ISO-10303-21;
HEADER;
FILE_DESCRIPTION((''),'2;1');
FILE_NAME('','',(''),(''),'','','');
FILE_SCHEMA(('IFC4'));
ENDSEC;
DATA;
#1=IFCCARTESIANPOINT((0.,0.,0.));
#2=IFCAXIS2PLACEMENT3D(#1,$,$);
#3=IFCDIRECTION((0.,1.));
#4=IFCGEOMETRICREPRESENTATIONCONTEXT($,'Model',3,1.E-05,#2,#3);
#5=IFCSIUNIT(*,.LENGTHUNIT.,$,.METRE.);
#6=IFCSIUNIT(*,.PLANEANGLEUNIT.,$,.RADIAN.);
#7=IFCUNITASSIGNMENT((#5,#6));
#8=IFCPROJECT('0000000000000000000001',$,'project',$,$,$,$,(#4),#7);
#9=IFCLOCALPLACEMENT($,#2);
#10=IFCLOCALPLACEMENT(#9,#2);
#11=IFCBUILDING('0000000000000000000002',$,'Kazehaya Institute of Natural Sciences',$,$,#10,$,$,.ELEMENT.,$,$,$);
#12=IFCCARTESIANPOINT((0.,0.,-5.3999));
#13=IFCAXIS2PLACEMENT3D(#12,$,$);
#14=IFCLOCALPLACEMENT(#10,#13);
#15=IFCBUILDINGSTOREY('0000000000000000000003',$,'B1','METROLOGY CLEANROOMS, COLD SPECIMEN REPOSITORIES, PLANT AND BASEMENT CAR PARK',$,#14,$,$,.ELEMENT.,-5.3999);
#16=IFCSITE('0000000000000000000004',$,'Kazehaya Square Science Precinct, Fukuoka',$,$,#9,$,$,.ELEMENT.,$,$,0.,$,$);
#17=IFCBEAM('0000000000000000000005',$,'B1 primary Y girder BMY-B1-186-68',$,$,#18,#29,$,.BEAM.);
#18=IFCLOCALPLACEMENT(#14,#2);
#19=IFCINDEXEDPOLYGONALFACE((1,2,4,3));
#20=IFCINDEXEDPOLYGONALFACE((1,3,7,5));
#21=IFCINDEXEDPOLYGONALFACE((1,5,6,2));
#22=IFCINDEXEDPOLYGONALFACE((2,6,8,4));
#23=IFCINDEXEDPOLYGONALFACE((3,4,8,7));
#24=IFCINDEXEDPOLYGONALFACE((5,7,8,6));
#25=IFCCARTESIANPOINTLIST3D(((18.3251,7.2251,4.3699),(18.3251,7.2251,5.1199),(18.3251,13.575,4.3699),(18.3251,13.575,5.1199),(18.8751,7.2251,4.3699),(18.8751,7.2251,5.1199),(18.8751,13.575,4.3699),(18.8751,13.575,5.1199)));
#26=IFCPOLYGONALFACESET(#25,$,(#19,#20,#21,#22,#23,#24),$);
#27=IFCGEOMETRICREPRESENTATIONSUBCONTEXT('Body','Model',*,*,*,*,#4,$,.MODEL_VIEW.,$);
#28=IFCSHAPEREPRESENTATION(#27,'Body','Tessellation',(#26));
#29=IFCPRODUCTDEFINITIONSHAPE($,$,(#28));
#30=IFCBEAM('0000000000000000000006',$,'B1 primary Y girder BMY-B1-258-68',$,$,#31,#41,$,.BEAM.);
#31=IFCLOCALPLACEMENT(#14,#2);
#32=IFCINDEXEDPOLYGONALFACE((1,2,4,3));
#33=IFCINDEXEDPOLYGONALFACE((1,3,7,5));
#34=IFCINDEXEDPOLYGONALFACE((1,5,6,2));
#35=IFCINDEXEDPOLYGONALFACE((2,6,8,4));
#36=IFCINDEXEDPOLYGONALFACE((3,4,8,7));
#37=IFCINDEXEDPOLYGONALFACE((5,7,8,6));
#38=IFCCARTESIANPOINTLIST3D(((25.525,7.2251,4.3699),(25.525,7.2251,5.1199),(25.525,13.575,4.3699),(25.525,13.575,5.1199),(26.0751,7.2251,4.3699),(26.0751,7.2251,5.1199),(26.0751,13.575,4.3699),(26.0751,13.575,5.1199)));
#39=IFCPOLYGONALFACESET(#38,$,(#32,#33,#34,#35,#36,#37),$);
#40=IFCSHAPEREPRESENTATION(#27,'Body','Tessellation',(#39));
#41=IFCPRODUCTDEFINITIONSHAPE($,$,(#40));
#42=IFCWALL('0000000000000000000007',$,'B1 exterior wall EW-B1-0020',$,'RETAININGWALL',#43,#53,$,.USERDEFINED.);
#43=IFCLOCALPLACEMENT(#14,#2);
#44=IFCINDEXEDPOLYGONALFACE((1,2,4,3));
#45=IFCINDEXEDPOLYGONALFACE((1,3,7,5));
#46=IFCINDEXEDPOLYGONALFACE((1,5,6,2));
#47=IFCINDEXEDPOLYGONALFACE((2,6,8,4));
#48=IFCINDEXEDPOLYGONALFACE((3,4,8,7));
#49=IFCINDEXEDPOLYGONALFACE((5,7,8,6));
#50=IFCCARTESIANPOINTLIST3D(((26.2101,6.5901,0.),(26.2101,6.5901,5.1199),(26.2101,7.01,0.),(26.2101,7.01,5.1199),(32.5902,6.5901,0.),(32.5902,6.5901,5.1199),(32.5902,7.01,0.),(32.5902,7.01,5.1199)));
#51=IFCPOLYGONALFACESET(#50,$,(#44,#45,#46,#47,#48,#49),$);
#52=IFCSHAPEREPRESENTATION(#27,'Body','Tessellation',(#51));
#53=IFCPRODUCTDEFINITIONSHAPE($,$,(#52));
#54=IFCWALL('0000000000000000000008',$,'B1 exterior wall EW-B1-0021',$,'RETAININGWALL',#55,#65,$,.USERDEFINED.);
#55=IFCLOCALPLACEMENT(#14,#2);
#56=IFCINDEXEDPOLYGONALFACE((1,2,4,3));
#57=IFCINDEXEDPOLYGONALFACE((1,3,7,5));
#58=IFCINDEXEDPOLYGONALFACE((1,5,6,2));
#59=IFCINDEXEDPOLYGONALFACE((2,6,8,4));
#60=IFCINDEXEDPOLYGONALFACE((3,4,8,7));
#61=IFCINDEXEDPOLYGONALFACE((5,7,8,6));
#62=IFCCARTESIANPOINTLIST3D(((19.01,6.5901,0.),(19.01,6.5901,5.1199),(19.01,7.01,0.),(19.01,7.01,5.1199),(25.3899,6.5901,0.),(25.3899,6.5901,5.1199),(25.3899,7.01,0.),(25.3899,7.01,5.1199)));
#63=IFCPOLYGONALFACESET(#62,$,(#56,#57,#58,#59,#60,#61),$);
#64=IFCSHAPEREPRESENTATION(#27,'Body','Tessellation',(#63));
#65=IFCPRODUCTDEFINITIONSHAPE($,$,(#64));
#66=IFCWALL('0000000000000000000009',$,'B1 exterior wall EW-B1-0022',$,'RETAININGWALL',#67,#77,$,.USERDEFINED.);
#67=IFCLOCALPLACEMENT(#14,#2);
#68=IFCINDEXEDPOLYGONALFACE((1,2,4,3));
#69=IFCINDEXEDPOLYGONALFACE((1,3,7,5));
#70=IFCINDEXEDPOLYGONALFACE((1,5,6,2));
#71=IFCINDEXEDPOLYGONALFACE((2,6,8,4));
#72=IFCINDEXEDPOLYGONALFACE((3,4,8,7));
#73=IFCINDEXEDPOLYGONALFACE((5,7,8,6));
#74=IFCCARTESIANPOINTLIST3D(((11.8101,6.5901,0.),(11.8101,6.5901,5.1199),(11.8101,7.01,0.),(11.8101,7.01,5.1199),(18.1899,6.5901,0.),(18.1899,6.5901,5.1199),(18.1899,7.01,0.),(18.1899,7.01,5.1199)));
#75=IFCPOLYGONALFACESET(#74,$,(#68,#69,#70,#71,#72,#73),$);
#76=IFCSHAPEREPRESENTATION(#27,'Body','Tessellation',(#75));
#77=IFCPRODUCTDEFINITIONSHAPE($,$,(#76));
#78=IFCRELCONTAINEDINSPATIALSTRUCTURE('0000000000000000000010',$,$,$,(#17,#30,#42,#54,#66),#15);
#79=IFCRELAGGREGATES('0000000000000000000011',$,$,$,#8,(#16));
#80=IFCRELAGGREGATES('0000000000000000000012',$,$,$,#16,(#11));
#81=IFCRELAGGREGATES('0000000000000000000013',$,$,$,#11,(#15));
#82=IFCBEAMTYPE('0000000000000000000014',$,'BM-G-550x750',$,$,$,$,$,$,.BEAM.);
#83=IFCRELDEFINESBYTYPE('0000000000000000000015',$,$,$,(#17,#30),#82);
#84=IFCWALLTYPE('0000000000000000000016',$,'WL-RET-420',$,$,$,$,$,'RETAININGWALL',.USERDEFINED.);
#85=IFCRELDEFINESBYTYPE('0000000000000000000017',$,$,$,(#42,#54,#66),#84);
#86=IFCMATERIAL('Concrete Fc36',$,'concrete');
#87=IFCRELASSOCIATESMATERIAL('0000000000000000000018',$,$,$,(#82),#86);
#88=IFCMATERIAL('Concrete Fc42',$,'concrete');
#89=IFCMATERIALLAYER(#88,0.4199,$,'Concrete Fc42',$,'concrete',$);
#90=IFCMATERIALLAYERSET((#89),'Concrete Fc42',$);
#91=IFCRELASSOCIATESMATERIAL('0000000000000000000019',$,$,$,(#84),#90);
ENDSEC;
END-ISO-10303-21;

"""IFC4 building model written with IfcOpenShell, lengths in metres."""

from ifc_helpers import new_model, si_unit, direction, frame, frame_2d, origin, origin_2d, place, context, subcontext, project, spatial, rectangle, extrude, material, layer, layer_set, material_profile, profile_set, type_object, element, save


model = new_model("IFC4")

# Units and contexts
model_context = context("Model", 3, precision=1e-05, world=origin(), true_north=direction((0.0, 1.0)))
body_context = subcontext(model_context, "Body", "Model", "MODEL_VIEW")
ifc_project = project(units=[si_unit("LENGTHUNIT", "METRE"), si_unit("PLANEANGLEUNIT", "RADIAN")], contexts=[model_context])

# Site, building, storey
site_placement = place(None, origin())
site = spatial("IfcSite", under=ifc_project, at=site_placement, Name="Kazehaya Square Science Precinct, Fukuoka", CompositionType="ELEMENT", RefElevation=0.0)
building_placement = place(site_placement, origin())
building = spatial("IfcBuilding", under=site, at=building_placement, Name="Kazehaya Institute of Natural Sciences", CompositionType="ELEMENT")
storey_placement = place(building_placement, frame((0.0, 0.0, -5.3999)))
storey = spatial("IfcBuildingStorey", under=building, at=storey_placement, Name="B1", Description="METROLOGY CLEANROOMS, COLD SPECIMEN REPOSITORIES, PLANT AND BASEMENT CAR PARK", CompositionType="ELEMENT", Elevation=-5.3999)

# Shared definitions
ifc_material_1 = material(Name="Concrete Fc36", Category="concrete")

# Shared definitions
ifc_material_2 = material(Name="Concrete Fc42", Category="concrete")

# Beams
ifc_material_profile_1 = material_profile(ifc_material_1, rectangle(XDim=0.55, YDim=0.75, at=origin_2d()), Name="RC-550x750")
ifc_profile_set_1 = profile_set([ifc_material_profile_1], Name="Concrete Fc36")
beam_type_1 = type_object("IfcBeamType", Name="BM-G-550x750", PredefinedType="BEAM", material=ifc_profile_set_1)
for number, where, z_axis, x_axis, name in (
    (1, (18.6001, 7.2251, 4.7449), (0.0, 1.0, 0.0), (-1.0, 0.0, 0.0), "B1 primary Y girder BMY-B1-186-68"),
    (2, (25.8, 7.2251, 4.7449), (0.0, 1.0, 0.0), (-1.0, 0.0, 0.0), "B1 primary Y girder BMY-B1-258-68"),
):
    element("IfcBeam", number, at=place(storey_placement, frame(where, z_axis=z_axis, x_axis=x_axis)), inside=storey, type_object=beam_type_1, Name=name, PredefinedType="BEAM", context=body_context, shape_type="SweptSolid", body=[
        extrude(rectangle(XDim=0.55, YDim=0.75, at=origin_2d()), origin(), (0.0, 0.0, 1.0), 6.3499),
    ])

# Walls
ifc_layer = layer(ifc_material_2, 0.4199, Name="Concrete Fc42", Category="concrete")
ifc_layer_set = layer_set([ifc_layer], Name="Concrete Fc42")
wall_type = type_object("IfcWallType", Name="WL-RET-420", ElementType="RETAININGWALL", PredefinedType="USERDEFINED", material=ifc_layer_set)
wall_placement = place(storey_placement, frame((32.5901, 6.8, 0.0), z_axis=(0.0, 0.0, 1.0), x_axis=(-1.0, 0.0, 0.0)))
element("IfcWall", 3, at=wall_placement, inside=storey, type_object=wall_type, Name="B1 exterior wall EW-B1-0020", ObjectType="RETAININGWALL", PredefinedType="USERDEFINED", context=body_context, shape_type="SweptSolid", body=[
    extrude(rectangle(XDim=6.3801, YDim=0.4199, at=frame_2d((3.1899, 0.0))), origin(), (0.0, 0.0, 1.0), 5.1199),
])
for number, where, z_axis, x_axis, name in (
    (4, (25.3899, 6.8, 0.0), (0.0, 0.0, 1.0), (-1.0, 0.0, 0.0), "B1 exterior wall EW-B1-0021"),
    (5, (18.1899, 6.8, 0.0), (0.0, 0.0, 1.0), (-1.0, 0.0, 0.0), "B1 exterior wall EW-B1-0022"),
):
    element("IfcWall", number, at=place(storey_placement, frame(where, z_axis=z_axis, x_axis=x_axis)), inside=storey, type_object=wall_type, Name=name, ObjectType="RETAININGWALL", PredefinedType="USERDEFINED", context=body_context, shape_type="SweptSolid", body=[
        extrude(rectangle(XDim=6.3799, YDim=0.4199, at=frame_2d((3.1899, 0.0))), origin(), (0.0, 0.0, 1.0), 5.1199),
    ])

save(model, "model.ifc")
